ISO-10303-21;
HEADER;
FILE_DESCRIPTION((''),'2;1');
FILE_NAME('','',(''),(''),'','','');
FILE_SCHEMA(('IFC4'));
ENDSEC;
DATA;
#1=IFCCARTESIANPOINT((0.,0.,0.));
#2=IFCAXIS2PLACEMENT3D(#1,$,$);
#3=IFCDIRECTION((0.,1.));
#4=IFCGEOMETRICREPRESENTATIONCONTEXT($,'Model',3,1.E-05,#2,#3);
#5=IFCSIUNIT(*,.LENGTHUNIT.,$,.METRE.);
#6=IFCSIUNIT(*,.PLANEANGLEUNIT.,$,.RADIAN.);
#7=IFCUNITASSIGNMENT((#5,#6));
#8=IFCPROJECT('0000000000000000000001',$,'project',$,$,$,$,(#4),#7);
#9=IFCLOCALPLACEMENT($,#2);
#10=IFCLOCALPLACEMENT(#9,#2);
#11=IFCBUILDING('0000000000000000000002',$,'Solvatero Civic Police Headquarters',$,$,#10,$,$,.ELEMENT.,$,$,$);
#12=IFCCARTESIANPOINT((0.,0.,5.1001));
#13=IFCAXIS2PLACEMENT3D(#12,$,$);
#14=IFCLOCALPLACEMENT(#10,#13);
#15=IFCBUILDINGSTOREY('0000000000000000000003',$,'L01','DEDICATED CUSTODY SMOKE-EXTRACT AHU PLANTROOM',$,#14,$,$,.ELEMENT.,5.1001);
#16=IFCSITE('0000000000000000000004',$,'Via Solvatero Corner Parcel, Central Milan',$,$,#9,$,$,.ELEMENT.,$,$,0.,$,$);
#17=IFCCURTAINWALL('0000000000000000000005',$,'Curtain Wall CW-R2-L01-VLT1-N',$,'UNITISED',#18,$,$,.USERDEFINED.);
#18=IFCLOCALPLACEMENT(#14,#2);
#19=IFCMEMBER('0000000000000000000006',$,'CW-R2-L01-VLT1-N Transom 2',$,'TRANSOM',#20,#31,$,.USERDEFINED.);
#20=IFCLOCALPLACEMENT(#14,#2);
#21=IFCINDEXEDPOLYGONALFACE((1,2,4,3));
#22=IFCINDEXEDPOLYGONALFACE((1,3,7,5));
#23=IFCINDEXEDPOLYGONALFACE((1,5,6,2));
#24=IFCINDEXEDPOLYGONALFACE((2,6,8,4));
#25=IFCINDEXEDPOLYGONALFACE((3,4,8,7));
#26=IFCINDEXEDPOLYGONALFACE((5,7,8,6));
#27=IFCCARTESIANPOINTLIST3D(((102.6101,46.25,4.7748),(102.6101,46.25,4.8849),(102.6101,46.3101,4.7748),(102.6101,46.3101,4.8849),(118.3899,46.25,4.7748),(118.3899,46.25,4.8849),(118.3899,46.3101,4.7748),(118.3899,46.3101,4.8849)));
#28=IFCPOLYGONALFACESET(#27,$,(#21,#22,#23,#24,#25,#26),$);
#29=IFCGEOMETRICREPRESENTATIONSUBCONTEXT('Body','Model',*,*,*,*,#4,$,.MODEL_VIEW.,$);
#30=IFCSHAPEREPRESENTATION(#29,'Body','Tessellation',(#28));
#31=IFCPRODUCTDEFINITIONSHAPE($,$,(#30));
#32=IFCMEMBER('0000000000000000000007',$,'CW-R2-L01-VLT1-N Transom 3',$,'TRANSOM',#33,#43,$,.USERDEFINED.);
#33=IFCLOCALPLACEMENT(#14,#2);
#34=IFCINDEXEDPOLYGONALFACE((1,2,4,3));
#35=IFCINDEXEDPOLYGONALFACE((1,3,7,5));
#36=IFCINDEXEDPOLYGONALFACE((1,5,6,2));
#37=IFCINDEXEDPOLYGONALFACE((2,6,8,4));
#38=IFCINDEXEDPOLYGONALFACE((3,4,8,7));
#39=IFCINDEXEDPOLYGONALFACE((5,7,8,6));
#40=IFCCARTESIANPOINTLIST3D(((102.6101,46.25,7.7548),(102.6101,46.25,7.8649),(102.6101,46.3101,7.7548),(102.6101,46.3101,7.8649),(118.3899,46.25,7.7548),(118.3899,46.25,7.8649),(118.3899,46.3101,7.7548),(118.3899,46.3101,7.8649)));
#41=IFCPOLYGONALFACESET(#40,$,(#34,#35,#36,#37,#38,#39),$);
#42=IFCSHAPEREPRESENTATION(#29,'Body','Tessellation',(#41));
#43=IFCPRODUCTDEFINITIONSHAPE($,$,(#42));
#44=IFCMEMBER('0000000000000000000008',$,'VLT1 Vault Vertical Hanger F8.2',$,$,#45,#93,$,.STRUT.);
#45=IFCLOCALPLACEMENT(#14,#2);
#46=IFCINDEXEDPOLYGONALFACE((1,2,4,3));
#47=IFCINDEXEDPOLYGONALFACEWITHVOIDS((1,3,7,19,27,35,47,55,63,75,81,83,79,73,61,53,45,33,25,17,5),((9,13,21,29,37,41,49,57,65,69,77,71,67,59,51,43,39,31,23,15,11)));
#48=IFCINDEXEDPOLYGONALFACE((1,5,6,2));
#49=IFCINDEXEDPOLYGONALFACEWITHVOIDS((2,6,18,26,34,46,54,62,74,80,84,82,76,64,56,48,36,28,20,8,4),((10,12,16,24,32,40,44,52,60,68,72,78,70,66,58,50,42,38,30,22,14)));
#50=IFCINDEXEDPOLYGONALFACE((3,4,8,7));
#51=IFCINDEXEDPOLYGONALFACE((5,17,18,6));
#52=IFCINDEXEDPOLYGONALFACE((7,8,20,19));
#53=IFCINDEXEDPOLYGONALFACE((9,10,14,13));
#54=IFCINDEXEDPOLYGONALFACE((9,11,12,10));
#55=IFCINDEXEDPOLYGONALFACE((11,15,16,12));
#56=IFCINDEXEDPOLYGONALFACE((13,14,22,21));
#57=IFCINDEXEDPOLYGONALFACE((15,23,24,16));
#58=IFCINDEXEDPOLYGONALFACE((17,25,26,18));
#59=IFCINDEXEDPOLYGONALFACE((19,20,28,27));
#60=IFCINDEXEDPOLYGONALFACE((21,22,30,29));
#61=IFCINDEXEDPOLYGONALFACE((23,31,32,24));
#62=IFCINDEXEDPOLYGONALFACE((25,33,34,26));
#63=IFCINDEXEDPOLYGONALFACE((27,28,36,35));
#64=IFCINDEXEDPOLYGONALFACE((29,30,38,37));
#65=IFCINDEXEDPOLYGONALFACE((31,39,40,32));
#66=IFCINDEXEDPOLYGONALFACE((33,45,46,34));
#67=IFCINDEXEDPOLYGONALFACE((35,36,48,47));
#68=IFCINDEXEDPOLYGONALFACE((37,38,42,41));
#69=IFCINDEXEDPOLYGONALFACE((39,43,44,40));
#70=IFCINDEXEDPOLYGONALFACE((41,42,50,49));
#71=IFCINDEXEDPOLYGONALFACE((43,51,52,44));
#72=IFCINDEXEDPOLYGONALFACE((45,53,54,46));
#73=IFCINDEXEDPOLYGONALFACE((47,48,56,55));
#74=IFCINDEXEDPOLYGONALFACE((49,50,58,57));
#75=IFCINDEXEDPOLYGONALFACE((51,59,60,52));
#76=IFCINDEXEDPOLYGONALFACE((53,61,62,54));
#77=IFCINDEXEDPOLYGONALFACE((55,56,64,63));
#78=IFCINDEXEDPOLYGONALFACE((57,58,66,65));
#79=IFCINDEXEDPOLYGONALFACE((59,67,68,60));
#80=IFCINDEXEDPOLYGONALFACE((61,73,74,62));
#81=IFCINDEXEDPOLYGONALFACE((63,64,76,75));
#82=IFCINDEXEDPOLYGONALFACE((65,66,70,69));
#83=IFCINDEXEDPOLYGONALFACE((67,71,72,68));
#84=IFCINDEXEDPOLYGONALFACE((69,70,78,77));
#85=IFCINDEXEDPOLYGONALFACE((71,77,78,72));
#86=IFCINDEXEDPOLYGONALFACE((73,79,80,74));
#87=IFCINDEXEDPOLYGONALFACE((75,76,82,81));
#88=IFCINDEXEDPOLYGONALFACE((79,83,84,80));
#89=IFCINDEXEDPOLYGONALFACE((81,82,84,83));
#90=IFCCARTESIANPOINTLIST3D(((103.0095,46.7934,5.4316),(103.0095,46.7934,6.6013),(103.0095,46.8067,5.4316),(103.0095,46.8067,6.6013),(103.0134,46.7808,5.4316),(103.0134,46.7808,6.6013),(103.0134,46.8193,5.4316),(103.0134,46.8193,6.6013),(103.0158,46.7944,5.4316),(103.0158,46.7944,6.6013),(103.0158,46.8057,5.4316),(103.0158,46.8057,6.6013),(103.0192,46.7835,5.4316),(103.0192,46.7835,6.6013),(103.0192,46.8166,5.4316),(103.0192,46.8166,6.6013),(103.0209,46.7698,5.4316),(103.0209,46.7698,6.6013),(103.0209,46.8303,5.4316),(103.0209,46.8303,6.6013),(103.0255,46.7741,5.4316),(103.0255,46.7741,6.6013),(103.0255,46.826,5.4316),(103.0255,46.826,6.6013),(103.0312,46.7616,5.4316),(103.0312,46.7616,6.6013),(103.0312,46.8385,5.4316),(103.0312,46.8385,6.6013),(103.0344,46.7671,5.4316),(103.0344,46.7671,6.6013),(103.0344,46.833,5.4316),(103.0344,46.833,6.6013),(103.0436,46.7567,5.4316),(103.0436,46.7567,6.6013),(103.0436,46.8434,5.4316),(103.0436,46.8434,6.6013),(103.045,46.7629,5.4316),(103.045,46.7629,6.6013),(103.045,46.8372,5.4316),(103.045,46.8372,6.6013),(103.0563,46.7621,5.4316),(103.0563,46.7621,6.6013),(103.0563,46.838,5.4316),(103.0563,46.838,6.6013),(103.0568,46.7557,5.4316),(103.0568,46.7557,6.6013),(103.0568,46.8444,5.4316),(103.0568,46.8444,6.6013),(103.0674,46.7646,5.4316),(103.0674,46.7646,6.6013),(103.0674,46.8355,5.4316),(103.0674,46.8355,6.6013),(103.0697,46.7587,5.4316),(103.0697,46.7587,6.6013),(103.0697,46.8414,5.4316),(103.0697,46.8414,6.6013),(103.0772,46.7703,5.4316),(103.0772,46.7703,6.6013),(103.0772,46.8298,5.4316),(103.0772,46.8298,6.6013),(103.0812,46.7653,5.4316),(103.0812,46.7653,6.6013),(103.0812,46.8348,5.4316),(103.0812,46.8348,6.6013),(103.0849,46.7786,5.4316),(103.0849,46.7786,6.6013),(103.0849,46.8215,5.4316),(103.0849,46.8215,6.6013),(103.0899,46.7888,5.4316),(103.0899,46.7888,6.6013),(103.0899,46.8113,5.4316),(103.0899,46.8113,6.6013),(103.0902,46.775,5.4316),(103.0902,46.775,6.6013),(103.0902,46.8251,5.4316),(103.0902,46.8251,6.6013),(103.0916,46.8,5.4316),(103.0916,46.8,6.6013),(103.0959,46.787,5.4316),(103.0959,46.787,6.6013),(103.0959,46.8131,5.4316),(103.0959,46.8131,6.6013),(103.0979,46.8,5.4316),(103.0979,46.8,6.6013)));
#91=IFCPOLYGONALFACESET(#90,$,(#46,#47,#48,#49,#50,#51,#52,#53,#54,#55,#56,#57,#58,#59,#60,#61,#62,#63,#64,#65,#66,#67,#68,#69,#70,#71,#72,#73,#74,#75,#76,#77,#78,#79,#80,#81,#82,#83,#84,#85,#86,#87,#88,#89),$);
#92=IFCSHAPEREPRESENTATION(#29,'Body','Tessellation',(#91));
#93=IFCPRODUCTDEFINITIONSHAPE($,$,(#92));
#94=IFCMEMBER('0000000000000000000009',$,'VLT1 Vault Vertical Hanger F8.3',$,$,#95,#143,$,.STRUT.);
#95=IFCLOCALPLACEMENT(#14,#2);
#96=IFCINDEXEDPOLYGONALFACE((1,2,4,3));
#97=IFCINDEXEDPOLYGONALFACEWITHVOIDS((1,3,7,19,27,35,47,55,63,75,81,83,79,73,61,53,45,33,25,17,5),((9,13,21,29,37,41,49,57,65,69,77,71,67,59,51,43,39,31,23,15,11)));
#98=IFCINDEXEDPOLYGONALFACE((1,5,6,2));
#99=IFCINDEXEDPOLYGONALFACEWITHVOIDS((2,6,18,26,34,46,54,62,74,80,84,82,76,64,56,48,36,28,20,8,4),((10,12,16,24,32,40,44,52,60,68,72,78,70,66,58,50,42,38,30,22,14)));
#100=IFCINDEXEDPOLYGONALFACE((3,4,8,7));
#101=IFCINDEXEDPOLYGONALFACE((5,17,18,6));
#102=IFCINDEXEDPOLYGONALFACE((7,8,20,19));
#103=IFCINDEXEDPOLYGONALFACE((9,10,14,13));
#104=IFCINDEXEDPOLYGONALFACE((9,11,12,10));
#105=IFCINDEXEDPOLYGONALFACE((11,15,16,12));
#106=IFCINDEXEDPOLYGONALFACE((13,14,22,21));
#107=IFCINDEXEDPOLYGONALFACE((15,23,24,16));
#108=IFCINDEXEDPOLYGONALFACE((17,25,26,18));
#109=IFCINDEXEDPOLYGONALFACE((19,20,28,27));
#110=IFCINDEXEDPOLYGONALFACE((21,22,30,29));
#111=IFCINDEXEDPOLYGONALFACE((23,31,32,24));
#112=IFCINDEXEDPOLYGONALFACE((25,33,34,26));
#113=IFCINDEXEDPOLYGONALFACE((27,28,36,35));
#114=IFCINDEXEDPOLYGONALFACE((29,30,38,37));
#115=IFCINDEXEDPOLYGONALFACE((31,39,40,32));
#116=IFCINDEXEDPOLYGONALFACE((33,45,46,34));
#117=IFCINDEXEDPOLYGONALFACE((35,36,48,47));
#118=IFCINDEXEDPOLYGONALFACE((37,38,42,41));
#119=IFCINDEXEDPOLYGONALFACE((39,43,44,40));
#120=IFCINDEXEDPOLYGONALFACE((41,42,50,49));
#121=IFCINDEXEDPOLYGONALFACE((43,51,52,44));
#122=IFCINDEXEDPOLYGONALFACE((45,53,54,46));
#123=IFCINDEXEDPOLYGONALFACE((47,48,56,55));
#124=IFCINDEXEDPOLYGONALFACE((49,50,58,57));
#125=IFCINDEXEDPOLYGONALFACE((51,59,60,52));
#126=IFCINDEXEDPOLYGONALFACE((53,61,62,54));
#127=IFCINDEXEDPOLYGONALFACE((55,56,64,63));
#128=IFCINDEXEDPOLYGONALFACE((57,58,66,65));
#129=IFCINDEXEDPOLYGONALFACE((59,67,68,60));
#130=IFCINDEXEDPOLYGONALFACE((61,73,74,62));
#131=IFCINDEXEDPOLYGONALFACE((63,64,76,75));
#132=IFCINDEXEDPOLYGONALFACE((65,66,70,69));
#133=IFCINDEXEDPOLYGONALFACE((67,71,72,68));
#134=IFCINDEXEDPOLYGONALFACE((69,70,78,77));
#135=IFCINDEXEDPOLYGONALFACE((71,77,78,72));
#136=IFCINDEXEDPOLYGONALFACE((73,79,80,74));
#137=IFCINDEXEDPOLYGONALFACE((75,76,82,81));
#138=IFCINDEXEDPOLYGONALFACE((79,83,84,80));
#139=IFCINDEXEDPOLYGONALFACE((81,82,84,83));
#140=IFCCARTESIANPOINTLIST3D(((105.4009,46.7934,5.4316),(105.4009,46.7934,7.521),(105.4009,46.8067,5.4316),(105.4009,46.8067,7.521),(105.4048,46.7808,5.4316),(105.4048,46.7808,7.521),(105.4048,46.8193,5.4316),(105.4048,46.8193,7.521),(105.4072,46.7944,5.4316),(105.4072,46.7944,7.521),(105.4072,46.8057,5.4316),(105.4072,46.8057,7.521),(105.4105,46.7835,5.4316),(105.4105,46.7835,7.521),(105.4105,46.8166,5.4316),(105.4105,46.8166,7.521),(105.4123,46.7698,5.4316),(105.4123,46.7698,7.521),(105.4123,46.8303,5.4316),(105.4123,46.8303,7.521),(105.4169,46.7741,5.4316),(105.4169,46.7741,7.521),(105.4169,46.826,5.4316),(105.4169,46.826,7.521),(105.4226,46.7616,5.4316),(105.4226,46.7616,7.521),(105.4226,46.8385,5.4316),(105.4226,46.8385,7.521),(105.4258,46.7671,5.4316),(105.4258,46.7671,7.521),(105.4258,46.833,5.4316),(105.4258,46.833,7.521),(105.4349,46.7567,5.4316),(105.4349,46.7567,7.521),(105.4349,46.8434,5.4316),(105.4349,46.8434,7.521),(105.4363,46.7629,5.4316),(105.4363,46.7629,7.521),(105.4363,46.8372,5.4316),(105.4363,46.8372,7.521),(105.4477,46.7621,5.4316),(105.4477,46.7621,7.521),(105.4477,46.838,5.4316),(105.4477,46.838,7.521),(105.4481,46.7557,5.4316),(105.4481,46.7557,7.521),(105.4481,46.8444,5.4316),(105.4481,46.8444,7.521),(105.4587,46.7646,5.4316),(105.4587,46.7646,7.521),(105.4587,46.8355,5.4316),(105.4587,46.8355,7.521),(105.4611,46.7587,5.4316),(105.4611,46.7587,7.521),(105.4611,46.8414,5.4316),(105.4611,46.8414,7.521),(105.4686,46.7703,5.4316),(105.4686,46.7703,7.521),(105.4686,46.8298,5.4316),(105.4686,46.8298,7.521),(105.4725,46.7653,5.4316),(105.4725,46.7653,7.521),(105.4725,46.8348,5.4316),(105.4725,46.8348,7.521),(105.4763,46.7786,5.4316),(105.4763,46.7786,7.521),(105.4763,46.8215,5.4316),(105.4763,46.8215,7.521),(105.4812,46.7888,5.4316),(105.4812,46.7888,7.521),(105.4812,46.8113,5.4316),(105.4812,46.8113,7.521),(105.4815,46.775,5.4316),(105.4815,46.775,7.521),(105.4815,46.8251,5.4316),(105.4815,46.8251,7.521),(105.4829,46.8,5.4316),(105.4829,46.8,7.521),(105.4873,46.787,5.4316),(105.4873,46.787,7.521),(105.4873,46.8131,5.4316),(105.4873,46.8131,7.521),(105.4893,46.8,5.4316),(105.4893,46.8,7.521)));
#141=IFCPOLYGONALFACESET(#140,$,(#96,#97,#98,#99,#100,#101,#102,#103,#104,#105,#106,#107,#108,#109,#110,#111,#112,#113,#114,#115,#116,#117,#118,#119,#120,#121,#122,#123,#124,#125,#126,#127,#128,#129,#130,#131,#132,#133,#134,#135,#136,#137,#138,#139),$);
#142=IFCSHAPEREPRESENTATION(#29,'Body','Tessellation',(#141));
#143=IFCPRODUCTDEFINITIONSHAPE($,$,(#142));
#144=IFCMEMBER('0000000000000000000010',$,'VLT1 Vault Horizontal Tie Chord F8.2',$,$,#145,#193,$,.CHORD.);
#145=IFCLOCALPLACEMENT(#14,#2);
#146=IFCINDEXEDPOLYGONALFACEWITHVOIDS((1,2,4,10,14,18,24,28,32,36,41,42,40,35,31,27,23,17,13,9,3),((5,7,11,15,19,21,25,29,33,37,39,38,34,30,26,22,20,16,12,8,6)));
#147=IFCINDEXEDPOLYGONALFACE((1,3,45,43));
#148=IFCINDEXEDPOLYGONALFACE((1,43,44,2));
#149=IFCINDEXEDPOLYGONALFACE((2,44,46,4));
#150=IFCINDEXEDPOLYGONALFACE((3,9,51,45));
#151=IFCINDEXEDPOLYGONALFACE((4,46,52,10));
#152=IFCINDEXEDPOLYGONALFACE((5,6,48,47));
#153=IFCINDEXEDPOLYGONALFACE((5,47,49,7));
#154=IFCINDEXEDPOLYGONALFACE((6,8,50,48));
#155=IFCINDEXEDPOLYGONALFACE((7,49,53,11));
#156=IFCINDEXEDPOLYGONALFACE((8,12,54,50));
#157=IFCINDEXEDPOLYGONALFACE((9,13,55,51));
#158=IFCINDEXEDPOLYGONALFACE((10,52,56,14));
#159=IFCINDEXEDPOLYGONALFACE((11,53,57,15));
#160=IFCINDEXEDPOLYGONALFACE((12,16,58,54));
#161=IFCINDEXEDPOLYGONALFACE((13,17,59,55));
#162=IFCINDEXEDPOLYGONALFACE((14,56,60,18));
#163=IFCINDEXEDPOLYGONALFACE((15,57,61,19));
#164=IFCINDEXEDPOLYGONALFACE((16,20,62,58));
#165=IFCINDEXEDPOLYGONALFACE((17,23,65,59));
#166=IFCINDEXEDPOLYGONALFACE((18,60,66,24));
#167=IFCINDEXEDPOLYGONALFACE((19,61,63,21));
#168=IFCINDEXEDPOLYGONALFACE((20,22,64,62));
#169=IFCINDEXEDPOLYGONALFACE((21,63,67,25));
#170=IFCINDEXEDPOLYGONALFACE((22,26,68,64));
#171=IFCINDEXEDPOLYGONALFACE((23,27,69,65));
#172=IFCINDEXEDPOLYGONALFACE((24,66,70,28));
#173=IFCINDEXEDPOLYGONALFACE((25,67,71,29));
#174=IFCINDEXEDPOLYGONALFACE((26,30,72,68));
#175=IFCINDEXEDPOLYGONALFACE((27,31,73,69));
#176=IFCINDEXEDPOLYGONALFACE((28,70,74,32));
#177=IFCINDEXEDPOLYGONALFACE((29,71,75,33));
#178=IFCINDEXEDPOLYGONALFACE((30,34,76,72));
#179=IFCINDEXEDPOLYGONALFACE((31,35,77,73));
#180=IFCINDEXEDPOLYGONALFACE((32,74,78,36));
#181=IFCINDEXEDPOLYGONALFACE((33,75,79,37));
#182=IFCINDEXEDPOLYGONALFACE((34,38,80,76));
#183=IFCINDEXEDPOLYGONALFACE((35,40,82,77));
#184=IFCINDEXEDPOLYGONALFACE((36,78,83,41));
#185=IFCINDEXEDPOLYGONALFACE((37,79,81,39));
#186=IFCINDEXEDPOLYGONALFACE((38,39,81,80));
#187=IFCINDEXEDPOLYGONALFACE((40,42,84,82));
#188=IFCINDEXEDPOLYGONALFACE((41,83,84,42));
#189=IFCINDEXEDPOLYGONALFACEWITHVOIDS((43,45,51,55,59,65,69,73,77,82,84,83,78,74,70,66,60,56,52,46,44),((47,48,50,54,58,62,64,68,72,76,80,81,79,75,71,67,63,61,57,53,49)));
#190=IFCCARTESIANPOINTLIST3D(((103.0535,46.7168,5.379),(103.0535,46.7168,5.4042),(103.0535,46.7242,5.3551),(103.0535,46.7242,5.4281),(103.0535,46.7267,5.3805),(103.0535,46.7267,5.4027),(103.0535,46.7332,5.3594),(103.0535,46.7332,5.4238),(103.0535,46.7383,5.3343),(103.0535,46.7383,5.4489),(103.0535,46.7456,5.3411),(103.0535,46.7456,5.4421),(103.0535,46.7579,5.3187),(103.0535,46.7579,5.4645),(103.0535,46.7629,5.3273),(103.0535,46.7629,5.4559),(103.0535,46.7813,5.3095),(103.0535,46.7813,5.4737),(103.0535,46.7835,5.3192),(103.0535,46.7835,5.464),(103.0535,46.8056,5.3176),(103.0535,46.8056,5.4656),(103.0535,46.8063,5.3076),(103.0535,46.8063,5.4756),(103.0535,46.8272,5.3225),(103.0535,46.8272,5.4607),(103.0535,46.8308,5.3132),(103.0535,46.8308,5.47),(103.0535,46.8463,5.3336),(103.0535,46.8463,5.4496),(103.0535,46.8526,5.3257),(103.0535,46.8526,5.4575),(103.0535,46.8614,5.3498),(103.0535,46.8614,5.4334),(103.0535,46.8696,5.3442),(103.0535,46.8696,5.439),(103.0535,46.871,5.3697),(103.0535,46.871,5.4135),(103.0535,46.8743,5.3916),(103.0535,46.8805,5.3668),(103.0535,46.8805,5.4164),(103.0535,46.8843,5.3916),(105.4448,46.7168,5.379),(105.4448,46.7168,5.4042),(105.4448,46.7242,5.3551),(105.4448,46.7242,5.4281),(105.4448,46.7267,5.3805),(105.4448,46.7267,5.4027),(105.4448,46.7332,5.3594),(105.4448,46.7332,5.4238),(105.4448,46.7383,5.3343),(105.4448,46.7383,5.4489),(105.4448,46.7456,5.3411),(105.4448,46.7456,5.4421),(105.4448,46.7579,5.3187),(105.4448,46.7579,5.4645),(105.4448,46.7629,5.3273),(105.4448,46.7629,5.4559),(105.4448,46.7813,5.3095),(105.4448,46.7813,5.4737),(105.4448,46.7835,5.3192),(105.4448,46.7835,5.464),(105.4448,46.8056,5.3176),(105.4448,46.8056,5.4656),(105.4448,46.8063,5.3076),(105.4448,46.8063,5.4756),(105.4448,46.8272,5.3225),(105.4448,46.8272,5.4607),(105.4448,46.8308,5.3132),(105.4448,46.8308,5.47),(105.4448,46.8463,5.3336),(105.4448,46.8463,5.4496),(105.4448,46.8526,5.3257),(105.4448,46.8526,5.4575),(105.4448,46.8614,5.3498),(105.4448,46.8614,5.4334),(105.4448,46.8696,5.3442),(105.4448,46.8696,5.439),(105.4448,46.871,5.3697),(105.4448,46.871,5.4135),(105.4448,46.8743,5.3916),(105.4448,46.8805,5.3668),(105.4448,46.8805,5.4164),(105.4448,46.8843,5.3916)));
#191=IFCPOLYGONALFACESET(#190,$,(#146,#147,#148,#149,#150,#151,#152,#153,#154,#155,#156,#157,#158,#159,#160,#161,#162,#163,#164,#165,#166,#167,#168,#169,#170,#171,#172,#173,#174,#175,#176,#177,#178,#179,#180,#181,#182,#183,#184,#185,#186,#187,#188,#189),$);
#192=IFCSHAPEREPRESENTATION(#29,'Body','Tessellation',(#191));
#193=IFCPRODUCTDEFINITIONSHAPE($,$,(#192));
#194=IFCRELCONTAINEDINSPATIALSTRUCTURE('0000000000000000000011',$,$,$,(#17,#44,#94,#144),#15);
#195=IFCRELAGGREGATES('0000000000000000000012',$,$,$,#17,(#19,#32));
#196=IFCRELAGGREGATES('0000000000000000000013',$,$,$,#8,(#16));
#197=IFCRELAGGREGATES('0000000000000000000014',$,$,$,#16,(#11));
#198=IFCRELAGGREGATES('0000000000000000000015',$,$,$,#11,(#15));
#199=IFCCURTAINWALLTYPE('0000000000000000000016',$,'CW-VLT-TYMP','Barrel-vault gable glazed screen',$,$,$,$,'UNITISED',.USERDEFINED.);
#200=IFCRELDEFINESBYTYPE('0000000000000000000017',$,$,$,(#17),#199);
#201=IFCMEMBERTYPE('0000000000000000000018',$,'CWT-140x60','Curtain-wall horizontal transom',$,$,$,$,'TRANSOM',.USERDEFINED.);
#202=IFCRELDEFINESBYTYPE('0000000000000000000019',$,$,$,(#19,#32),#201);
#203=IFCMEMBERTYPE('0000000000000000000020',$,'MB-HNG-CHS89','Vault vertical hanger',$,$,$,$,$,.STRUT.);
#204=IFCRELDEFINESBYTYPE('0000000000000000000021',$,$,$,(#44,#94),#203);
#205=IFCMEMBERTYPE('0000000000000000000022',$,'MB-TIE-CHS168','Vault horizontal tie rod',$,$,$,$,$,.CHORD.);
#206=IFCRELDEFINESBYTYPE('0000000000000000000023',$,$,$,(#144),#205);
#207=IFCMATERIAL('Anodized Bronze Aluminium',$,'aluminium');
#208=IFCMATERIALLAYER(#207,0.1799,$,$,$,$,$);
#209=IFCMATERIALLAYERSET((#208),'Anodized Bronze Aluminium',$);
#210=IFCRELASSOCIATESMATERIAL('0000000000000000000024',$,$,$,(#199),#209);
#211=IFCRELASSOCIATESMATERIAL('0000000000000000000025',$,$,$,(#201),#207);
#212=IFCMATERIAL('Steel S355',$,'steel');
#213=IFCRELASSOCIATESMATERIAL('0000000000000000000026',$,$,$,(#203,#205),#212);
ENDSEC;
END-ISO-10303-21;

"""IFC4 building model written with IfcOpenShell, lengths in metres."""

from ifc_helpers import new_model, si_unit, direction, frame, origin, origin_2d, place, context, subcontext, project, spatial, rectangle, hollow_circle, extrude, material, layer, layer_set, material_profile, profile_set, type_object, element, aggregate, save


model = new_model("IFC4")

# Units and contexts
model_context = context("Model", 3, precision=1e-05, world=origin(), true_north=direction((0.0, 1.0)))
body_context = subcontext(model_context, "Body", "Model", "MODEL_VIEW")
ifc_project = project(units=[si_unit("LENGTHUNIT", "METRE"), si_unit("PLANEANGLEUNIT", "RADIAN")], contexts=[model_context])

# Site, building, storey
site_placement = place(None, origin())
site = spatial("IfcSite", under=ifc_project, at=site_placement, Name="Via Solvatero Corner Parcel, Central Milan", CompositionType="ELEMENT", RefElevation=0.0)
building_placement = place(site_placement, origin())
building = spatial("IfcBuilding", under=site, at=building_placement, Name="Solvatero Civic Police Headquarters", CompositionType="ELEMENT")
storey_placement = place(building_placement, frame((0.0, 0.0, 5.1001)))
storey = spatial("IfcBuildingStorey", under=building, at=storey_placement, Name="L01", Description="DEDICATED CUSTODY SMOKE-EXTRACT AHU PLANTROOM", CompositionType="ELEMENT", Elevation=5.1001)

# Shared definitions
ifc_material_1 = material(Name="Steel S355", Category="steel")

# Curtain wall
ifc_material_2 = material(Name="Anodized Bronze Aluminium", Category="aluminium")
ifc_layer_1 = layer(ifc_material_2, 0.1799)
ifc_layer_set_1 = layer_set([ifc_layer_1], Name="Anodized Bronze Aluminium")
curtain_wall_type_1 = type_object("IfcCurtainWallType", Name="CW-VLT-TYMP", Description="Barrel-vault gable glazed screen", ElementType="UNITISED", PredefinedType="USERDEFINED", material=ifc_layer_set_1)
curtain_wall_1_placement = place(storey_placement, origin())
curtain_wall_1 = element("IfcCurtainWall", 1, at=curtain_wall_1_placement, inside=storey, type_object=curtain_wall_type_1, Name="Curtain Wall CW-R2-L01-VLT1-N", ObjectType="UNITISED", PredefinedType="USERDEFINED")

# Members
ifc_material_profile_1 = material_profile(ifc_material_2, rectangle(XDim=0.0601, YDim=0.1101, at=origin_2d()), Name="ALU TRANSOM 60x110")
ifc_profile_set_1 = profile_set([ifc_material_profile_1], Name="Anodized Bronze Aluminium")
member_type_1 = type_object("IfcMemberType", Name="CWT-140x60", Description="Curtain-wall horizontal transom", ElementType="TRANSOM", PredefinedType="USERDEFINED", material=ifc_profile_set_1)
member_1_placement = place(storey_placement, frame((102.6101, 46.28, 4.8298), z_axis=(1.0, 0.0, 0.0), x_axis=(0.0, 1.0, 0.0)))
member_1 = element("IfcMember", 2, at=member_1_placement, type_object=member_type_1, Name="CW-R2-L01-VLT1-N Transom 2", ObjectType="TRANSOM", PredefinedType="USERDEFINED", context=body_context, shape_type="SweptSolid", body=[
    extrude(rectangle(XDim=0.0601, YDim=0.1101, at=origin_2d()), origin(), (0.0, 0.0, 1.0), 15.7798),
])
member_2_placement = place(storey_placement, frame((102.6101, 46.28, 7.8098), z_axis=(1.0, 0.0, 0.0), x_axis=(0.0, 1.0, 0.0)))
member_2 = element("IfcMember", 3, at=member_2_placement, type_object=member_type_1, Name="CW-R2-L01-VLT1-N Transom 3", ObjectType="TRANSOM", PredefinedType="USERDEFINED", context=body_context, shape_type="SweptSolid", body=[
    extrude(rectangle(XDim=0.0601, YDim=0.1101, at=origin_2d()), origin(), (0.0, 0.0, 1.0), 15.7798),
])

# Members
ifc_material_profile_2 = material_profile(ifc_material_1, hollow_circle(Radius=0.0444, WallThickness=0.0063, at=origin_2d()), Name="CHS 88.9x6.3")
ifc_profile_set_2 = profile_set([ifc_material_profile_2], Name="Steel S355")
member_type_2 = type_object("IfcMemberType", Name="MB-HNG-CHS89", Description="Vault vertical hanger", PredefinedType="STRUT", material=ifc_profile_set_2)
member_3_placement = place(storey_placement, frame((103.0535, 46.8, 5.4316), z_axis=(0.0, 0.0, 1.0), x_axis=(1.0, 0.0, 0.0)))
element("IfcMember", 4, at=member_3_placement, inside=storey, type_object=member_type_2, Name="VLT1 Vault Vertical Hanger F8.2", PredefinedType="STRUT", context=body_context, shape_type="SweptSolid", body=[
    extrude(hollow_circle(Radius=0.0444, WallThickness=0.0063, at=origin_2d()), origin(), (0.0, 0.0, 1.0), 1.1697),
])
member_4_placement = place(storey_placement, frame((105.4448, 46.8, 5.4316), z_axis=(0.0, 0.0, 1.0), x_axis=(1.0, 0.0, 0.0)))
element("IfcMember", 5, at=member_4_placement, inside=storey, type_object=member_type_2, Name="VLT1 Vault Vertical Hanger F8.3", PredefinedType="STRUT", context=body_context, shape_type="SweptSolid", body=[
    extrude(hollow_circle(Radius=0.0444, WallThickness=0.0063, at=origin_2d()), origin(), (0.0, 0.0, 1.0), 2.0894),
])
ifc_material_profile_3 = material_profile(ifc_material_1, hollow_circle(Radius=0.0842, WallThickness=0.01, at=origin_2d()), Name="CHS 168.3x10.0")
ifc_profile_set_3 = profile_set([ifc_material_profile_3], Name="Steel S355")
member_type_3 = type_object("IfcMemberType", Name="MB-TIE-CHS168", Description="Vault horizontal tie rod", PredefinedType="CHORD", material=ifc_profile_set_3)
member_5_placement = place(storey_placement, frame((103.0535, 46.8, 5.3916), z_axis=(1.0, 0.0, 0.0), x_axis=(0.0, 1.0, 0.0)))
element("IfcMember", 6, at=member_5_placement, inside=storey, type_object=member_type_3, Name="VLT1 Vault Horizontal Tie Chord F8.2", PredefinedType="CHORD", context=body_context, shape_type="SweptSolid", body=[
    extrude(hollow_circle(Radius=0.0842, WallThickness=0.01, at=origin_2d()), origin(), (0.0, 0.0, 1.0), 2.3914),
])

aggregate(curtain_wall_1, [member_1, member_2])

save(model, "model.ifc")
